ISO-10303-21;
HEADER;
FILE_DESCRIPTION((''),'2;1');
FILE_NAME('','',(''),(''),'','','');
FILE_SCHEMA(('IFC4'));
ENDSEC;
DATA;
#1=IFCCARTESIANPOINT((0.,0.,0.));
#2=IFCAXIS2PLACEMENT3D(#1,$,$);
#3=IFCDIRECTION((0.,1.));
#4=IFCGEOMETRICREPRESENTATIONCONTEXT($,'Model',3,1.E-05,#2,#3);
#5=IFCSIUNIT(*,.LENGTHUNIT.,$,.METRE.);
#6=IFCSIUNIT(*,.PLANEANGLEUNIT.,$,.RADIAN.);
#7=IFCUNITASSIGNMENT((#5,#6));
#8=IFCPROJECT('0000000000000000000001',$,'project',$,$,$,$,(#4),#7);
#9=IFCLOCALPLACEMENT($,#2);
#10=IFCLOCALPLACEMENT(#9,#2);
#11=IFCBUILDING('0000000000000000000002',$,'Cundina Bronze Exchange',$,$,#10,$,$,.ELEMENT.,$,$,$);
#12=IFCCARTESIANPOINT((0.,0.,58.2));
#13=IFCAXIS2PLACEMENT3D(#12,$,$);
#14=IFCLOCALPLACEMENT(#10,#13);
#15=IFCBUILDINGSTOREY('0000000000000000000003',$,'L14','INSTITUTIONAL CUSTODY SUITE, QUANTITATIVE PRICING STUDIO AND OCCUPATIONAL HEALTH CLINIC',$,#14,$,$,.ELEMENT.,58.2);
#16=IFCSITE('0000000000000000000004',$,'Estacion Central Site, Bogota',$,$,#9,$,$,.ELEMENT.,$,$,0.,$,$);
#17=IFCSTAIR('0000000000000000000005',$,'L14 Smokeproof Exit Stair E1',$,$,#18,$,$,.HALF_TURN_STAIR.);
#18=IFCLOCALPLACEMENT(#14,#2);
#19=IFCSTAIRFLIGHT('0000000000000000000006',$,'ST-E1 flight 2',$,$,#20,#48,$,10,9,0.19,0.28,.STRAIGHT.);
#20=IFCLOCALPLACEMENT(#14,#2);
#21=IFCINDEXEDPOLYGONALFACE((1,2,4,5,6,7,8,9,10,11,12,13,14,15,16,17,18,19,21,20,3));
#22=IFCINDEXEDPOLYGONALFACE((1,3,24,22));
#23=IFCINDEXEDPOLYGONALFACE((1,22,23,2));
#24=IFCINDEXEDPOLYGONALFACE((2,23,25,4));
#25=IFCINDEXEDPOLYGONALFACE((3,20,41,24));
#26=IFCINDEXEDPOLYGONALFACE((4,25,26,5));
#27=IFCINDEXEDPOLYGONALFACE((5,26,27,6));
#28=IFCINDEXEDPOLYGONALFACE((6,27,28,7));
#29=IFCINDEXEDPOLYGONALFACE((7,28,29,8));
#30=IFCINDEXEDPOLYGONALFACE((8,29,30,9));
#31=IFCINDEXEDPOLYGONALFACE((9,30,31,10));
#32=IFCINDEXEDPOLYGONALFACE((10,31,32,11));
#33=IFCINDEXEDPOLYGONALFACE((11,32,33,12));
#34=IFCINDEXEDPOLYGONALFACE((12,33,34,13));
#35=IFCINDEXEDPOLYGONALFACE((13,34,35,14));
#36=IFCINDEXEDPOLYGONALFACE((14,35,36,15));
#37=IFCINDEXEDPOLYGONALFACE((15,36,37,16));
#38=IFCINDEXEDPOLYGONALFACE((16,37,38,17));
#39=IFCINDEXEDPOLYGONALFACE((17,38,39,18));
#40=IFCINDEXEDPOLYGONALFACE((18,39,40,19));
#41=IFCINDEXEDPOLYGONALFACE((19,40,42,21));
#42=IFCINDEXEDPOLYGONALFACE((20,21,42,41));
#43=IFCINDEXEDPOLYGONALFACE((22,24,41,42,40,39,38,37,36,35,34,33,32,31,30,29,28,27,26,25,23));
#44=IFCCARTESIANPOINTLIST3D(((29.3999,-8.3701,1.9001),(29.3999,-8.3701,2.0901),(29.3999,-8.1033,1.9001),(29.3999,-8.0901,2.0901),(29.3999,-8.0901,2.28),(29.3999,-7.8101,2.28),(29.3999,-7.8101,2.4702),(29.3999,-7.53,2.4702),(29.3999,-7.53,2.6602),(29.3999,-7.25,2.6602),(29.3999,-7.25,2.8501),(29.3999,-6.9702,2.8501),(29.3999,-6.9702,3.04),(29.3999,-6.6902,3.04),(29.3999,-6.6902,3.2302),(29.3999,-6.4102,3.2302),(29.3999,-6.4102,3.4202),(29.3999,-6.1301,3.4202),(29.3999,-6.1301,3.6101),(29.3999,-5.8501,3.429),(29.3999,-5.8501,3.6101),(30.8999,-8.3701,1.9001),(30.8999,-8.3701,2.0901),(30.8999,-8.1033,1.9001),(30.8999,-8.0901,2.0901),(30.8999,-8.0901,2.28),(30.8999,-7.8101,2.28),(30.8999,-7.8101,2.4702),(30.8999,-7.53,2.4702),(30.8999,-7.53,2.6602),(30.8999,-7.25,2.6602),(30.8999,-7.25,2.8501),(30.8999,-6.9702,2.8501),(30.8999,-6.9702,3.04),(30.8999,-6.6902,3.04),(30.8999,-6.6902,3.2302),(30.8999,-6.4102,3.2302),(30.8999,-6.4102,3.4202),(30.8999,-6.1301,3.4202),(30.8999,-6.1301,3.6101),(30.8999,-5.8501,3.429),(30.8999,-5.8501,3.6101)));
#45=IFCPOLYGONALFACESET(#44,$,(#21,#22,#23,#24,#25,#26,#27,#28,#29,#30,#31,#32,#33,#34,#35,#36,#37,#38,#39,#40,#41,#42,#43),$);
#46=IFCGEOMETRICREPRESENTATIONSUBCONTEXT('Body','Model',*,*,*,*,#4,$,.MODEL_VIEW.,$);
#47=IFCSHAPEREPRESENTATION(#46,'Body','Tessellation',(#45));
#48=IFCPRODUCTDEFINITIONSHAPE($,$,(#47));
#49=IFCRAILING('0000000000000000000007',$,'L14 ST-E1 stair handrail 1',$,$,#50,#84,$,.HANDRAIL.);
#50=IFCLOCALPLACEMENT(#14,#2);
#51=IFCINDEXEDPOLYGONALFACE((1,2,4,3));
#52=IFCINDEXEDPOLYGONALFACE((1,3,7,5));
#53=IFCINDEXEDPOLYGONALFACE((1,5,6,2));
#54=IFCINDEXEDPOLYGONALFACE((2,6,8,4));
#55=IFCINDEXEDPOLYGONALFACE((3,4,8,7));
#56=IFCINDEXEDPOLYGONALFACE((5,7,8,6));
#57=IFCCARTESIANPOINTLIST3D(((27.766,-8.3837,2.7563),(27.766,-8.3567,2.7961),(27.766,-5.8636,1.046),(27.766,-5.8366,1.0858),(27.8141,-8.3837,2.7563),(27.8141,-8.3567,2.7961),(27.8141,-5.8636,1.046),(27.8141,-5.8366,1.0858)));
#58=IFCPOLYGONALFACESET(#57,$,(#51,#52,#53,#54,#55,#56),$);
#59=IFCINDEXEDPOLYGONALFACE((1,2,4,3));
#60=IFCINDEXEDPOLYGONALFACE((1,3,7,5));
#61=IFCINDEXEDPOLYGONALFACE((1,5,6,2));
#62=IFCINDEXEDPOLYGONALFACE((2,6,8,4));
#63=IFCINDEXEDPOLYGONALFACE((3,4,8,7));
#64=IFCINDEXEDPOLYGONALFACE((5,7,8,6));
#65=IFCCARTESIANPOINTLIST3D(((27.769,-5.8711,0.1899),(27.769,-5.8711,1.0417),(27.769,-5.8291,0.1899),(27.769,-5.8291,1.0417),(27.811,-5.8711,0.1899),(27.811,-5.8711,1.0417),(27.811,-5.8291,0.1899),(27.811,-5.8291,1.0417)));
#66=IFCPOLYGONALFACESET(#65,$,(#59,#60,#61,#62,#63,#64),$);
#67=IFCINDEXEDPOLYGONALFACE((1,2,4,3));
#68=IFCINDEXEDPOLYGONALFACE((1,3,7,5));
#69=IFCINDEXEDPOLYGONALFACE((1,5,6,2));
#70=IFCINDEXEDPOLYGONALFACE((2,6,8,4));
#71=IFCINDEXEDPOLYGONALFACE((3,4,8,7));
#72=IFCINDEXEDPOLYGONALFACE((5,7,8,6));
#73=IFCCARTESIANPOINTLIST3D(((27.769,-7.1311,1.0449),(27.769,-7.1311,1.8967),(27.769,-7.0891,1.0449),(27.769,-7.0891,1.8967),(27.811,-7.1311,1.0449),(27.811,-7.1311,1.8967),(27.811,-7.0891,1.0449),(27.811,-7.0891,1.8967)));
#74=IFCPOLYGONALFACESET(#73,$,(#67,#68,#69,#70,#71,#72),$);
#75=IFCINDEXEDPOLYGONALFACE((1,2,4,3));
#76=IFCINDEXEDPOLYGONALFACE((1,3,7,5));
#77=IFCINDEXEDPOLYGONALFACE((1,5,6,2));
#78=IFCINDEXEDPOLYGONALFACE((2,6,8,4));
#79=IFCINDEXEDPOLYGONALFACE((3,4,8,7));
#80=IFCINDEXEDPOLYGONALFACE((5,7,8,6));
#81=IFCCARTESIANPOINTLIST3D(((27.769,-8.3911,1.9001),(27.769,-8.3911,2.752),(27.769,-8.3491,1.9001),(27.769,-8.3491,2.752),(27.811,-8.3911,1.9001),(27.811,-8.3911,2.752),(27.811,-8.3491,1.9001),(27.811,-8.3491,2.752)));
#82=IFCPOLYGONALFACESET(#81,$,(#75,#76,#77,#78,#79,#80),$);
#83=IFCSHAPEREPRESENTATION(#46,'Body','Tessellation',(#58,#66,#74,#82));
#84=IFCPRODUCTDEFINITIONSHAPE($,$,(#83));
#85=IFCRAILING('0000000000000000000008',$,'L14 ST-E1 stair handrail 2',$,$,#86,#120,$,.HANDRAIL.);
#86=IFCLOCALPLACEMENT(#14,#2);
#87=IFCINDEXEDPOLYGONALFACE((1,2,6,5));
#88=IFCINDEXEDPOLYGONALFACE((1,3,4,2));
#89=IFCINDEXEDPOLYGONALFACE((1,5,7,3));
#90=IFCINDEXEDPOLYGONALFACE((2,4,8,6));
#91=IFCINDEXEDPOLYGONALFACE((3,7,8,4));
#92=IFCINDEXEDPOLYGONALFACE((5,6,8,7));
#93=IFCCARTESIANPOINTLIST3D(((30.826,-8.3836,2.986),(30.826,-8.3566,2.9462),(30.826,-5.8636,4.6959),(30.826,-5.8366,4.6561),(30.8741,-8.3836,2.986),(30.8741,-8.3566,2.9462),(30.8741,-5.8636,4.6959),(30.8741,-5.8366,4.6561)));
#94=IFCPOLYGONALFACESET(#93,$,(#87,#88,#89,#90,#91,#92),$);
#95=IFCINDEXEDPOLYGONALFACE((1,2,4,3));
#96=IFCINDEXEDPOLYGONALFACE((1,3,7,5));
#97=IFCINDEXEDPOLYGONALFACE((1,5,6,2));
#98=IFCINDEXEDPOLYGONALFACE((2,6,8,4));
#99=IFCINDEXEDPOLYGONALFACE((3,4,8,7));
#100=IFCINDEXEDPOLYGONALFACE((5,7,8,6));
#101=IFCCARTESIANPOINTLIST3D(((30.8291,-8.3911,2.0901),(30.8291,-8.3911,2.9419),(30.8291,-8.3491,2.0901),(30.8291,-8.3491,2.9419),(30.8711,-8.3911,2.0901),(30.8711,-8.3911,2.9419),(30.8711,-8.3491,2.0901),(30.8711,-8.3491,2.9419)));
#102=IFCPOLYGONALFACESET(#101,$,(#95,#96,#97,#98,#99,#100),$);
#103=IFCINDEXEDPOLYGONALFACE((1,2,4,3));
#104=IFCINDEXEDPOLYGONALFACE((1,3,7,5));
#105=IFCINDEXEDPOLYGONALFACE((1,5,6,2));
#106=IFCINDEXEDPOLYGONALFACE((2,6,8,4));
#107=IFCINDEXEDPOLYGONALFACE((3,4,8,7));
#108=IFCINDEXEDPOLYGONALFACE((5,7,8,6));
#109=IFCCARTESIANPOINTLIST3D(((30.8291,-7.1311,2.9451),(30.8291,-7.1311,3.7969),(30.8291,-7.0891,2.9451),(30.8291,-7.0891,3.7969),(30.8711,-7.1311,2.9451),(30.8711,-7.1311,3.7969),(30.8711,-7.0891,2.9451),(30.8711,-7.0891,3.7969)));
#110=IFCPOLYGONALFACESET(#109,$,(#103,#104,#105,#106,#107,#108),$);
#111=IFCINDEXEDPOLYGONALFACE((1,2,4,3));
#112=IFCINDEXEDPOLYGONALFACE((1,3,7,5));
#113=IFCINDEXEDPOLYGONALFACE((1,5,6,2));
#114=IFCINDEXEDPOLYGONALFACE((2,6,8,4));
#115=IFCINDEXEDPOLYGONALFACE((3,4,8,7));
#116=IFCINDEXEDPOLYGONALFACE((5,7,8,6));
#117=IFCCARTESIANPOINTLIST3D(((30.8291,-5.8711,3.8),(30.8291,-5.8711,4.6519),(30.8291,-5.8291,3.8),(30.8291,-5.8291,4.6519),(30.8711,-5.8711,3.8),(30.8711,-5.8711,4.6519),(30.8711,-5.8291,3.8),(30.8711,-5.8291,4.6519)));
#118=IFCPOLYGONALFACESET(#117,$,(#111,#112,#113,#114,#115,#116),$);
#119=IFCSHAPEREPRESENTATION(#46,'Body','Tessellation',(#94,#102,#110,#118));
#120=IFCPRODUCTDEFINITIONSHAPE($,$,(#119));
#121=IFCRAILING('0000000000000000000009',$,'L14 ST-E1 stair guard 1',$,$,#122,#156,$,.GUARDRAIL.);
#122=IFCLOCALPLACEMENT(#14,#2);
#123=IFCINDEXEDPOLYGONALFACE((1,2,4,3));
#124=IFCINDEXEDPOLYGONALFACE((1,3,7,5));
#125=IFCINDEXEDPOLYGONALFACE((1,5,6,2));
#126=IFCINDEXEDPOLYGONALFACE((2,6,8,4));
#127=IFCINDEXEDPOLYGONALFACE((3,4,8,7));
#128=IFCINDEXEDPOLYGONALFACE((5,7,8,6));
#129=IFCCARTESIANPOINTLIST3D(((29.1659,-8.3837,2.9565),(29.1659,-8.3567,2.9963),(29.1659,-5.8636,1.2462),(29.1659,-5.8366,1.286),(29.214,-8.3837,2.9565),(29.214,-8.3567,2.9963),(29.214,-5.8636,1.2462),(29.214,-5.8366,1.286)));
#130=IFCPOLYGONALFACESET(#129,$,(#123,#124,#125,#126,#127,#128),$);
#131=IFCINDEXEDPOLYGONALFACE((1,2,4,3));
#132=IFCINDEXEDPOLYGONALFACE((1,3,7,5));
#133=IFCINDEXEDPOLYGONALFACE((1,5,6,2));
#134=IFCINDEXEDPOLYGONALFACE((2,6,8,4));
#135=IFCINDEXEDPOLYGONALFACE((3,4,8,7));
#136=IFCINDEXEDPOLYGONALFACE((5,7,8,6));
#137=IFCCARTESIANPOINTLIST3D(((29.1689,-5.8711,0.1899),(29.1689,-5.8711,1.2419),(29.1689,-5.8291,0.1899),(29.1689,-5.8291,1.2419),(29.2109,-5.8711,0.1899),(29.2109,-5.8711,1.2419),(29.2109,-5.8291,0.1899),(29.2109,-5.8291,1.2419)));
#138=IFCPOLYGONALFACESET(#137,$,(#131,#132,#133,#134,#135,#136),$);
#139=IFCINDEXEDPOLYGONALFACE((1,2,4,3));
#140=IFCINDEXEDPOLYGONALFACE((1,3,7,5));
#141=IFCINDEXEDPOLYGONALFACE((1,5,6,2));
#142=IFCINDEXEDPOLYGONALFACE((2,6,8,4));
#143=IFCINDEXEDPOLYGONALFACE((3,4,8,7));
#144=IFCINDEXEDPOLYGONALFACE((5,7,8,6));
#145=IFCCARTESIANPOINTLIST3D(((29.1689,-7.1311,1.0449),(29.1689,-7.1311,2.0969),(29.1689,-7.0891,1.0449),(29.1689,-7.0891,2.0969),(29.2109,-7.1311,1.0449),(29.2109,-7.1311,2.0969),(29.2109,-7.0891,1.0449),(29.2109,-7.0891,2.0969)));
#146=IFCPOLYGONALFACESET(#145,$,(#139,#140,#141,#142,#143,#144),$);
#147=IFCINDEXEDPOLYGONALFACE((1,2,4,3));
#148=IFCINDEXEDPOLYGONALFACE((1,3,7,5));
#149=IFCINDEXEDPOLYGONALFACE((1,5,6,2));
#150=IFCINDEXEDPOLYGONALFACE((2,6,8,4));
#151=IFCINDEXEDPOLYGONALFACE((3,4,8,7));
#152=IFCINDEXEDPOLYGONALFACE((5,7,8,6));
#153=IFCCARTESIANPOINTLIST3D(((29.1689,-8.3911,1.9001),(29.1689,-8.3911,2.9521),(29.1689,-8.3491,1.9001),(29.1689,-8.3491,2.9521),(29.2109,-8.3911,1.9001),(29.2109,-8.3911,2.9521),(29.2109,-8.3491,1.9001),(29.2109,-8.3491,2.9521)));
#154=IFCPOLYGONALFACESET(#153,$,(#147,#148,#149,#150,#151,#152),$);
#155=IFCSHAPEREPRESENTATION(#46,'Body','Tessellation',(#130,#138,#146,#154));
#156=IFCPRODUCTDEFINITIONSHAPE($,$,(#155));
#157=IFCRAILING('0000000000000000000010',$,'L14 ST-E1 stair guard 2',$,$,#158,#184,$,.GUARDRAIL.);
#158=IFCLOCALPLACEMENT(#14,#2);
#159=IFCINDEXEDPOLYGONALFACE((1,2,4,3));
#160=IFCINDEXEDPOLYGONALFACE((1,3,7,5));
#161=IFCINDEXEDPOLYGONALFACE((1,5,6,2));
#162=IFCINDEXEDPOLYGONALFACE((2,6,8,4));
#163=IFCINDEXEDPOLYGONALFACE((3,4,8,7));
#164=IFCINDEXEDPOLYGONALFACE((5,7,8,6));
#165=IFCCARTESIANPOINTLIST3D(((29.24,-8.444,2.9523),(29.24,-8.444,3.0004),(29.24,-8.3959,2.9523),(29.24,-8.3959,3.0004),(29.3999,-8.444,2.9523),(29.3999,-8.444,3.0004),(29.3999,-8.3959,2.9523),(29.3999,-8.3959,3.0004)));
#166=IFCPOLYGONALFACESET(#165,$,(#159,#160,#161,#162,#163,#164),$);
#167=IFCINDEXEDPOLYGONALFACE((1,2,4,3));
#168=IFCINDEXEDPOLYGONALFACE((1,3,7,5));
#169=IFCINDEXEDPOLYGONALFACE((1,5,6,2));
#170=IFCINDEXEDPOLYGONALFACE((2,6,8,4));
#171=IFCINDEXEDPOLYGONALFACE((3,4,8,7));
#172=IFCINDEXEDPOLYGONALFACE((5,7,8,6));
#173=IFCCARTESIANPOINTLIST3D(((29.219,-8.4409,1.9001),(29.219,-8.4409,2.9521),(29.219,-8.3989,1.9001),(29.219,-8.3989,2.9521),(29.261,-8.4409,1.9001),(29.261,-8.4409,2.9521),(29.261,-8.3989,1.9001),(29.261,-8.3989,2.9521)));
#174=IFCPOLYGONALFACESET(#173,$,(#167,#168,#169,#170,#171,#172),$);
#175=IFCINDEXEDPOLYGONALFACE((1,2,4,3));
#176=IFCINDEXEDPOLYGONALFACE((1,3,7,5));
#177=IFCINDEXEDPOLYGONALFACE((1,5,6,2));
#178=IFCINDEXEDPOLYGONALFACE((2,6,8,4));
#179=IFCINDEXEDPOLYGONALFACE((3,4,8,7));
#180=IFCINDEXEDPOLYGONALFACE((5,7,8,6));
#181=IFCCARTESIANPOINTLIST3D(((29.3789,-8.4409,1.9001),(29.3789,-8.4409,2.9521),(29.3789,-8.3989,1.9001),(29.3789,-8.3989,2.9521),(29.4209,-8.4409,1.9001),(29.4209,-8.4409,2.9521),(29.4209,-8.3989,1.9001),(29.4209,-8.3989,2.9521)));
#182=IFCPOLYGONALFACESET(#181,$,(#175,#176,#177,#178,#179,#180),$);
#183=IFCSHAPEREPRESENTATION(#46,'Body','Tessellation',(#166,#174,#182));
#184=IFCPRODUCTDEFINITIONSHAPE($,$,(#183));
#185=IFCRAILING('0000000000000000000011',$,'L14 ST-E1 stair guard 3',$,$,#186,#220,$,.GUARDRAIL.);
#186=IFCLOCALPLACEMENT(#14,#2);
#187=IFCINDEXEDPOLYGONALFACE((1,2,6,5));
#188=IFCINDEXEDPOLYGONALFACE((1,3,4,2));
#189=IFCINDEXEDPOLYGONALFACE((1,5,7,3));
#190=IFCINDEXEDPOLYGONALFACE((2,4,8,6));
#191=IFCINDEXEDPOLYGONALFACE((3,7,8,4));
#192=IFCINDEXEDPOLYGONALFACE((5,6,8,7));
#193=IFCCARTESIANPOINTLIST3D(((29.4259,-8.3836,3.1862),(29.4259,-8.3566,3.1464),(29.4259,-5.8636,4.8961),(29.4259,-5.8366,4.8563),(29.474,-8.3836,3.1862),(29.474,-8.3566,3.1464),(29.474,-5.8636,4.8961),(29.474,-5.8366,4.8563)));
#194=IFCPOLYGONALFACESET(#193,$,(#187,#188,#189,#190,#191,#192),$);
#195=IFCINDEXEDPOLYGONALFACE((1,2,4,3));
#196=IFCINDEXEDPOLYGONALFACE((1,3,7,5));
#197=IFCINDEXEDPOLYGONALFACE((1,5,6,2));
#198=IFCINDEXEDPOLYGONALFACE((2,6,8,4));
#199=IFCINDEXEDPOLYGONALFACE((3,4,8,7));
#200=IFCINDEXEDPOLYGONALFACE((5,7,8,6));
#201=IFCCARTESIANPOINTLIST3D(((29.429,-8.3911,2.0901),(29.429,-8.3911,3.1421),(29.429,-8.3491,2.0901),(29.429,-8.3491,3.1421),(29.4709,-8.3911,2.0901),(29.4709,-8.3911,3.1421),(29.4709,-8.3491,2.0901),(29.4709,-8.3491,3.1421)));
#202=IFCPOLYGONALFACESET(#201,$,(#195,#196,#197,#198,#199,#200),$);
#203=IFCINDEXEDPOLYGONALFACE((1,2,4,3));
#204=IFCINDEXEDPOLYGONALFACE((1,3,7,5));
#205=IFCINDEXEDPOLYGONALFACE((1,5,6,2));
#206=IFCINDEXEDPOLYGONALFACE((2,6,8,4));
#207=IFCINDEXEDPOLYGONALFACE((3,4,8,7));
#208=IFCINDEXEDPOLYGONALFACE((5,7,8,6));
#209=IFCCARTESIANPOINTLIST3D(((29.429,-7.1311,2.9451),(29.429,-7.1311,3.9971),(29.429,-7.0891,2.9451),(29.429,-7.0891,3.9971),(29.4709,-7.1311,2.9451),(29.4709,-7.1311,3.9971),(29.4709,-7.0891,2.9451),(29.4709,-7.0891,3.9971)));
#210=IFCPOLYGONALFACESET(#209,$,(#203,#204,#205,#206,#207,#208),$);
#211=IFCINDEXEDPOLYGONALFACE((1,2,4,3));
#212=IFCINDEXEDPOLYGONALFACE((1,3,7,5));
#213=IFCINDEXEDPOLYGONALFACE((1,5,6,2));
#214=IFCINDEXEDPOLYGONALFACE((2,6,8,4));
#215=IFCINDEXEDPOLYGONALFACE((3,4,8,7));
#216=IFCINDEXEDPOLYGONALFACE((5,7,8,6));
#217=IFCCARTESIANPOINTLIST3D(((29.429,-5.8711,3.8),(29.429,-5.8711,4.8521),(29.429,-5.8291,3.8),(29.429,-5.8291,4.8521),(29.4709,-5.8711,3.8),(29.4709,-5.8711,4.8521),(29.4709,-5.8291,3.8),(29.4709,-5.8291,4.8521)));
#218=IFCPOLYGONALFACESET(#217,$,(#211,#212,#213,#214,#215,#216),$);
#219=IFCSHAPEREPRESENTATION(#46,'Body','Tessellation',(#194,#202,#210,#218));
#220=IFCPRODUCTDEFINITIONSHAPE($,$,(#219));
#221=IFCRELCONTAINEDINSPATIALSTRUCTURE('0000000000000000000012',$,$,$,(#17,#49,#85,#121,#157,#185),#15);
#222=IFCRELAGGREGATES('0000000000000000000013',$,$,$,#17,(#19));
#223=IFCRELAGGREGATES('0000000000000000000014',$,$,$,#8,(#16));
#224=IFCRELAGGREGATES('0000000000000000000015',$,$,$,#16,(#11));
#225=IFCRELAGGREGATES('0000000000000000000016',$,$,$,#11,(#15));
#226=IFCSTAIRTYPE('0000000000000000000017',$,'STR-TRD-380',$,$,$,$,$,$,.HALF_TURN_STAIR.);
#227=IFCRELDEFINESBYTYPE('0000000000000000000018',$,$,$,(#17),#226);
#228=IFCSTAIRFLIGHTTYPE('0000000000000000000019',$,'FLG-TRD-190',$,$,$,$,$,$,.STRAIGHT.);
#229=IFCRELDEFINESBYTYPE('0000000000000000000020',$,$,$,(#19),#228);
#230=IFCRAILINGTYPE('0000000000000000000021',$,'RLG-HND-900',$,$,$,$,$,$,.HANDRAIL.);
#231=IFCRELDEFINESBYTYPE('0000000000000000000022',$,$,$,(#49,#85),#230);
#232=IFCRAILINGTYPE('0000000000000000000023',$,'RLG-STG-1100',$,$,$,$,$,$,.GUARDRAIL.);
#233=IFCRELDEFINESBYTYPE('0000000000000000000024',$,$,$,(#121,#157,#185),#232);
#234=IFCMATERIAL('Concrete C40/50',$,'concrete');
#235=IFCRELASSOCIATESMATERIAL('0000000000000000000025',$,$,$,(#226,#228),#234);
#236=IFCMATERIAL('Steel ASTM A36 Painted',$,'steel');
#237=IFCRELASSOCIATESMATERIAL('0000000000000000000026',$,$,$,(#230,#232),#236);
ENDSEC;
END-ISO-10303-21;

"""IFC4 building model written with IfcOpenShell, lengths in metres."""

from ifc_helpers import new_model, si_unit, direction, frame, origin, origin_2d, place, context, subcontext, project, spatial, polyline, rectangle, outline, extrude, material, type_object, element, aggregate, save


model = new_model("IFC4")

# Units and contexts
model_context = context("Model", 3, precision=1e-05, world=origin(), true_north=direction((0.0, 1.0)))
body_context = subcontext(model_context, "Body", "Model", "MODEL_VIEW")
ifc_project = project(units=[si_unit("LENGTHUNIT", "METRE"), si_unit("PLANEANGLEUNIT", "RADIAN")], contexts=[model_context])

# Site, building, storey
site_placement = place(None, origin())
site = spatial("IfcSite", under=ifc_project, at=site_placement, Name="Estacion Central Site, Bogota", CompositionType="ELEMENT", RefElevation=0.0)
building_placement = place(site_placement, origin())
building = spatial("IfcBuilding", under=site, at=building_placement, Name="Cundina Bronze Exchange", CompositionType="ELEMENT")
storey_placement = place(building_placement, frame((0.0, 0.0, 58.2)))
storey = spatial("IfcBuildingStorey", under=building, at=storey_placement, Name="L14", Description="INSTITUTIONAL CUSTODY SUITE, QUANTITATIVE PRICING STUDIO AND OCCUPATIONAL HEALTH CLINIC", CompositionType="ELEMENT", Elevation=58.2)

# Stair, stair flight
ifc_material_1 = material(Name="Concrete C40/50", Category="concrete")
stair_type = type_object("IfcStairType", Name="STR-TRD-380", PredefinedType="HALF_TURN_STAIR", material=ifc_material_1)
stair_placement = place(storey_placement, origin())
stair = element("IfcStair", 1, at=stair_placement, inside=storey, type_object=stair_type, Name="L14 Smokeproof Exit Stair E1", PredefinedType="HALF_TURN_STAIR")
stair_flight_type = type_object("IfcStairFlightType", Name="FLG-TRD-190", PredefinedType="STRAIGHT", material=ifc_material_1)
stair_flight_1_placement = place(storey_placement, frame((30.1499, -8.3701, 1.9001), z_axis=(0.0, 0.0, 1.0), x_axis=(0.0, 1.0, 0.0)))
stair_flight_1 = element("IfcStairFlight", 2, at=stair_flight_1_placement, type_object=stair_flight_type, Name="ST-E1 flight 2", NumberOfRisers=10, NumberOfTreads=9, PredefinedType="STRAIGHT", RiserHeight=0.19, TreadLength=0.28, context=body_context, shape_type="SweptSolid", body=[
    extrude(outline(polyline([(0.0, 0.0), (0.0, 0.1899), (0.28, 0.1899), (0.28, 0.3799), (0.5601, 0.3799), (0.5601, 0.5701), (0.8401, 0.5701), (0.8401, 0.76), (1.1201, 0.76), (1.1201, 0.95), (1.3999, 0.95), (1.3999, 1.1399), (1.6799, 1.1399), (1.6799, 1.3301), (1.96, 1.3301), (1.96, 1.52), (2.24, 1.52), (2.24, 1.71), (2.52, 1.71), (2.52, 1.8999), (2.52, 1.5288), (0.2668, 0.0), (0.0, 0.0)])), frame((0.0, 0.75, 0.0), z_axis=(0.0, -1.0, 0.0), x_axis=(1.0, 0.0, 0.0)), (0.0, 0.0, 1.0), 1.5),
])
aggregate(stair, [stair_flight_1])

# Railings
ifc_material_2 = material(Name="Steel ASTM A36 Painted", Category="steel")
railing_type_1 = type_object("IfcRailingType", Name="RLG-HND-900", PredefinedType="HANDRAIL", material=ifc_material_2)
railing_1_placement = place(storey_placement, frame((27.79, -5.8501, 0.1899)))
element("IfcRailing", 3, at=railing_1_placement, inside=storey, type_object=railing_type_1, Name="L14 ST-E1 stair handrail 1", PredefinedType="HANDRAIL", context=body_context, shape_type="SweptSolid", body=[
    extrude(rectangle(XDim=0.0481, YDim=0.0481, at=origin_2d()), frame((0.0, 0.0, 0.876), z_axis=(0.0, -0.827447, 0.561545), x_axis=(1.0, 0.0, 0.0)), (0.0, 0.0, 1.0), 3.0457),
    extrude(rectangle(XDim=0.042, YDim=0.042, at=origin_2d()), origin(), (0.0, 0.0, 1.0), 0.8518),
    extrude(rectangle(XDim=0.042, YDim=0.042, at=origin_2d()), frame((0.0, -1.26, 0.855)), (0.0, 0.0, 1.0), 0.8518),
    extrude(rectangle(XDim=0.042, YDim=0.042, at=origin_2d()), frame((0.0, -2.52, 1.7102)), (0.0, 0.0, 1.0), 0.8518),
])
railing_2_placement = place(storey_placement, frame((30.8501, -8.3701, 2.0901)))
element("IfcRailing", 4, at=railing_2_placement, inside=storey, type_object=railing_type_1, Name="L14 ST-E1 stair handrail 2", PredefinedType="HANDRAIL", context=body_context, shape_type="SweptSolid", body=[
    extrude(rectangle(XDim=0.0481, YDim=0.0481, at=origin_2d()), frame((0.0, 0.0, 0.876), z_axis=(0.0, 0.827484, 0.56149), x_axis=(-1.0, 0.0, 0.0)), (0.0, 0.0, 1.0), 3.0454),
    extrude(rectangle(XDim=0.042, YDim=0.042, at=origin_2d()), origin(), (0.0, 0.0, 1.0), 0.8518),
    extrude(rectangle(XDim=0.042, YDim=0.042, at=origin_2d()), frame((0.0, 1.26, 0.855)), (0.0, 0.0, 1.0), 0.8518),
    extrude(rectangle(XDim=0.042, YDim=0.042, at=origin_2d()), frame((0.0, 2.52, 1.71)), (0.0, 0.0, 1.0), 0.8518),
])
railing_type_2 = type_object("IfcRailingType", Name="RLG-STG-1100", PredefinedType="GUARDRAIL", material=ifc_material_2)
railing_3_placement = place(storey_placement, frame((29.1899, -5.8501, 0.1899)))
element("IfcRailing", 5, at=railing_3_placement, inside=storey, type_object=railing_type_2, Name="L14 ST-E1 stair guard 1", PredefinedType="GUARDRAIL", context=body_context, shape_type="SweptSolid", body=[
    extrude(rectangle(XDim=0.0481, YDim=0.0481, at=origin_2d()), frame((0.0, 0.0, 1.0762), z_axis=(0.0, -0.827447, 0.561545), x_axis=(1.0, 0.0, 0.0)), (0.0, 0.0, 1.0), 3.0457),
    extrude(rectangle(XDim=0.042, YDim=0.042, at=origin_2d()), origin(), (0.0, 0.0, 1.0), 1.052),
    extrude(rectangle(XDim=0.042, YDim=0.042, at=origin_2d()), frame((0.0, -1.26, 0.855)), (0.0, 0.0, 1.0), 1.052),
    extrude(rectangle(XDim=0.042, YDim=0.042, at=origin_2d()), frame((0.0, -2.52, 1.7102)), (0.0, 0.0, 1.0), 1.052),
])
railing_4_placement = place(storey_placement, frame((29.24, -8.4199, 1.9001)))
element("IfcRailing", 6, at=railing_4_placement, inside=storey, type_object=railing_type_2, Name="L14 ST-E1 stair guard 2", PredefinedType="GUARDRAIL", context=body_context, shape_type="SweptSolid", body=[
    extrude(rectangle(XDim=0.0481, YDim=0.0481, at=origin_2d()), frame((0.0, 0.0, 1.0762), z_axis=(1.0, 0.0, 0.0), x_axis=(0.0, 1.0, 0.0)), (0.0, 0.0, 1.0), 0.1599),
    extrude(rectangle(XDim=0.042, YDim=0.042, at=origin_2d()), origin(), (0.0, 0.0, 1.0), 1.052),
    extrude(rectangle(XDim=0.042, YDim=0.042, at=origin_2d()), frame((0.1599, 0.0, 0.0)), (0.0, 0.0, 1.0), 1.052),
])
railing_5_placement = place(storey_placement, frame((29.45, -8.3701, 2.0901)))
element("IfcRailing", 7, at=railing_5_placement, inside=storey, type_object=railing_type_2, Name="L14 ST-E1 stair guard 3", PredefinedType="GUARDRAIL", context=body_context, shape_type="SweptSolid", body=[
    extrude(rectangle(XDim=0.0481, YDim=0.0481, at=origin_2d()), frame((0.0, 0.0, 1.0762), z_axis=(0.0, 0.827484, 0.56149), x_axis=(-1.0, 0.0, 0.0)), (0.0, 0.0, 1.0), 3.0454),
    extrude(rectangle(XDim=0.042, YDim=0.042, at=origin_2d()), origin(), (0.0, 0.0, 1.0), 1.052),
    extrude(rectangle(XDim=0.042, YDim=0.042, at=origin_2d()), frame((0.0, 1.26, 0.855)), (0.0, 0.0, 1.0), 1.052),
    extrude(rectangle(XDim=0.042, YDim=0.042, at=origin_2d()), frame((0.0, 2.52, 1.71)), (0.0, 0.0, 1.0), 1.052),
])

save(model, "model.ifc")
